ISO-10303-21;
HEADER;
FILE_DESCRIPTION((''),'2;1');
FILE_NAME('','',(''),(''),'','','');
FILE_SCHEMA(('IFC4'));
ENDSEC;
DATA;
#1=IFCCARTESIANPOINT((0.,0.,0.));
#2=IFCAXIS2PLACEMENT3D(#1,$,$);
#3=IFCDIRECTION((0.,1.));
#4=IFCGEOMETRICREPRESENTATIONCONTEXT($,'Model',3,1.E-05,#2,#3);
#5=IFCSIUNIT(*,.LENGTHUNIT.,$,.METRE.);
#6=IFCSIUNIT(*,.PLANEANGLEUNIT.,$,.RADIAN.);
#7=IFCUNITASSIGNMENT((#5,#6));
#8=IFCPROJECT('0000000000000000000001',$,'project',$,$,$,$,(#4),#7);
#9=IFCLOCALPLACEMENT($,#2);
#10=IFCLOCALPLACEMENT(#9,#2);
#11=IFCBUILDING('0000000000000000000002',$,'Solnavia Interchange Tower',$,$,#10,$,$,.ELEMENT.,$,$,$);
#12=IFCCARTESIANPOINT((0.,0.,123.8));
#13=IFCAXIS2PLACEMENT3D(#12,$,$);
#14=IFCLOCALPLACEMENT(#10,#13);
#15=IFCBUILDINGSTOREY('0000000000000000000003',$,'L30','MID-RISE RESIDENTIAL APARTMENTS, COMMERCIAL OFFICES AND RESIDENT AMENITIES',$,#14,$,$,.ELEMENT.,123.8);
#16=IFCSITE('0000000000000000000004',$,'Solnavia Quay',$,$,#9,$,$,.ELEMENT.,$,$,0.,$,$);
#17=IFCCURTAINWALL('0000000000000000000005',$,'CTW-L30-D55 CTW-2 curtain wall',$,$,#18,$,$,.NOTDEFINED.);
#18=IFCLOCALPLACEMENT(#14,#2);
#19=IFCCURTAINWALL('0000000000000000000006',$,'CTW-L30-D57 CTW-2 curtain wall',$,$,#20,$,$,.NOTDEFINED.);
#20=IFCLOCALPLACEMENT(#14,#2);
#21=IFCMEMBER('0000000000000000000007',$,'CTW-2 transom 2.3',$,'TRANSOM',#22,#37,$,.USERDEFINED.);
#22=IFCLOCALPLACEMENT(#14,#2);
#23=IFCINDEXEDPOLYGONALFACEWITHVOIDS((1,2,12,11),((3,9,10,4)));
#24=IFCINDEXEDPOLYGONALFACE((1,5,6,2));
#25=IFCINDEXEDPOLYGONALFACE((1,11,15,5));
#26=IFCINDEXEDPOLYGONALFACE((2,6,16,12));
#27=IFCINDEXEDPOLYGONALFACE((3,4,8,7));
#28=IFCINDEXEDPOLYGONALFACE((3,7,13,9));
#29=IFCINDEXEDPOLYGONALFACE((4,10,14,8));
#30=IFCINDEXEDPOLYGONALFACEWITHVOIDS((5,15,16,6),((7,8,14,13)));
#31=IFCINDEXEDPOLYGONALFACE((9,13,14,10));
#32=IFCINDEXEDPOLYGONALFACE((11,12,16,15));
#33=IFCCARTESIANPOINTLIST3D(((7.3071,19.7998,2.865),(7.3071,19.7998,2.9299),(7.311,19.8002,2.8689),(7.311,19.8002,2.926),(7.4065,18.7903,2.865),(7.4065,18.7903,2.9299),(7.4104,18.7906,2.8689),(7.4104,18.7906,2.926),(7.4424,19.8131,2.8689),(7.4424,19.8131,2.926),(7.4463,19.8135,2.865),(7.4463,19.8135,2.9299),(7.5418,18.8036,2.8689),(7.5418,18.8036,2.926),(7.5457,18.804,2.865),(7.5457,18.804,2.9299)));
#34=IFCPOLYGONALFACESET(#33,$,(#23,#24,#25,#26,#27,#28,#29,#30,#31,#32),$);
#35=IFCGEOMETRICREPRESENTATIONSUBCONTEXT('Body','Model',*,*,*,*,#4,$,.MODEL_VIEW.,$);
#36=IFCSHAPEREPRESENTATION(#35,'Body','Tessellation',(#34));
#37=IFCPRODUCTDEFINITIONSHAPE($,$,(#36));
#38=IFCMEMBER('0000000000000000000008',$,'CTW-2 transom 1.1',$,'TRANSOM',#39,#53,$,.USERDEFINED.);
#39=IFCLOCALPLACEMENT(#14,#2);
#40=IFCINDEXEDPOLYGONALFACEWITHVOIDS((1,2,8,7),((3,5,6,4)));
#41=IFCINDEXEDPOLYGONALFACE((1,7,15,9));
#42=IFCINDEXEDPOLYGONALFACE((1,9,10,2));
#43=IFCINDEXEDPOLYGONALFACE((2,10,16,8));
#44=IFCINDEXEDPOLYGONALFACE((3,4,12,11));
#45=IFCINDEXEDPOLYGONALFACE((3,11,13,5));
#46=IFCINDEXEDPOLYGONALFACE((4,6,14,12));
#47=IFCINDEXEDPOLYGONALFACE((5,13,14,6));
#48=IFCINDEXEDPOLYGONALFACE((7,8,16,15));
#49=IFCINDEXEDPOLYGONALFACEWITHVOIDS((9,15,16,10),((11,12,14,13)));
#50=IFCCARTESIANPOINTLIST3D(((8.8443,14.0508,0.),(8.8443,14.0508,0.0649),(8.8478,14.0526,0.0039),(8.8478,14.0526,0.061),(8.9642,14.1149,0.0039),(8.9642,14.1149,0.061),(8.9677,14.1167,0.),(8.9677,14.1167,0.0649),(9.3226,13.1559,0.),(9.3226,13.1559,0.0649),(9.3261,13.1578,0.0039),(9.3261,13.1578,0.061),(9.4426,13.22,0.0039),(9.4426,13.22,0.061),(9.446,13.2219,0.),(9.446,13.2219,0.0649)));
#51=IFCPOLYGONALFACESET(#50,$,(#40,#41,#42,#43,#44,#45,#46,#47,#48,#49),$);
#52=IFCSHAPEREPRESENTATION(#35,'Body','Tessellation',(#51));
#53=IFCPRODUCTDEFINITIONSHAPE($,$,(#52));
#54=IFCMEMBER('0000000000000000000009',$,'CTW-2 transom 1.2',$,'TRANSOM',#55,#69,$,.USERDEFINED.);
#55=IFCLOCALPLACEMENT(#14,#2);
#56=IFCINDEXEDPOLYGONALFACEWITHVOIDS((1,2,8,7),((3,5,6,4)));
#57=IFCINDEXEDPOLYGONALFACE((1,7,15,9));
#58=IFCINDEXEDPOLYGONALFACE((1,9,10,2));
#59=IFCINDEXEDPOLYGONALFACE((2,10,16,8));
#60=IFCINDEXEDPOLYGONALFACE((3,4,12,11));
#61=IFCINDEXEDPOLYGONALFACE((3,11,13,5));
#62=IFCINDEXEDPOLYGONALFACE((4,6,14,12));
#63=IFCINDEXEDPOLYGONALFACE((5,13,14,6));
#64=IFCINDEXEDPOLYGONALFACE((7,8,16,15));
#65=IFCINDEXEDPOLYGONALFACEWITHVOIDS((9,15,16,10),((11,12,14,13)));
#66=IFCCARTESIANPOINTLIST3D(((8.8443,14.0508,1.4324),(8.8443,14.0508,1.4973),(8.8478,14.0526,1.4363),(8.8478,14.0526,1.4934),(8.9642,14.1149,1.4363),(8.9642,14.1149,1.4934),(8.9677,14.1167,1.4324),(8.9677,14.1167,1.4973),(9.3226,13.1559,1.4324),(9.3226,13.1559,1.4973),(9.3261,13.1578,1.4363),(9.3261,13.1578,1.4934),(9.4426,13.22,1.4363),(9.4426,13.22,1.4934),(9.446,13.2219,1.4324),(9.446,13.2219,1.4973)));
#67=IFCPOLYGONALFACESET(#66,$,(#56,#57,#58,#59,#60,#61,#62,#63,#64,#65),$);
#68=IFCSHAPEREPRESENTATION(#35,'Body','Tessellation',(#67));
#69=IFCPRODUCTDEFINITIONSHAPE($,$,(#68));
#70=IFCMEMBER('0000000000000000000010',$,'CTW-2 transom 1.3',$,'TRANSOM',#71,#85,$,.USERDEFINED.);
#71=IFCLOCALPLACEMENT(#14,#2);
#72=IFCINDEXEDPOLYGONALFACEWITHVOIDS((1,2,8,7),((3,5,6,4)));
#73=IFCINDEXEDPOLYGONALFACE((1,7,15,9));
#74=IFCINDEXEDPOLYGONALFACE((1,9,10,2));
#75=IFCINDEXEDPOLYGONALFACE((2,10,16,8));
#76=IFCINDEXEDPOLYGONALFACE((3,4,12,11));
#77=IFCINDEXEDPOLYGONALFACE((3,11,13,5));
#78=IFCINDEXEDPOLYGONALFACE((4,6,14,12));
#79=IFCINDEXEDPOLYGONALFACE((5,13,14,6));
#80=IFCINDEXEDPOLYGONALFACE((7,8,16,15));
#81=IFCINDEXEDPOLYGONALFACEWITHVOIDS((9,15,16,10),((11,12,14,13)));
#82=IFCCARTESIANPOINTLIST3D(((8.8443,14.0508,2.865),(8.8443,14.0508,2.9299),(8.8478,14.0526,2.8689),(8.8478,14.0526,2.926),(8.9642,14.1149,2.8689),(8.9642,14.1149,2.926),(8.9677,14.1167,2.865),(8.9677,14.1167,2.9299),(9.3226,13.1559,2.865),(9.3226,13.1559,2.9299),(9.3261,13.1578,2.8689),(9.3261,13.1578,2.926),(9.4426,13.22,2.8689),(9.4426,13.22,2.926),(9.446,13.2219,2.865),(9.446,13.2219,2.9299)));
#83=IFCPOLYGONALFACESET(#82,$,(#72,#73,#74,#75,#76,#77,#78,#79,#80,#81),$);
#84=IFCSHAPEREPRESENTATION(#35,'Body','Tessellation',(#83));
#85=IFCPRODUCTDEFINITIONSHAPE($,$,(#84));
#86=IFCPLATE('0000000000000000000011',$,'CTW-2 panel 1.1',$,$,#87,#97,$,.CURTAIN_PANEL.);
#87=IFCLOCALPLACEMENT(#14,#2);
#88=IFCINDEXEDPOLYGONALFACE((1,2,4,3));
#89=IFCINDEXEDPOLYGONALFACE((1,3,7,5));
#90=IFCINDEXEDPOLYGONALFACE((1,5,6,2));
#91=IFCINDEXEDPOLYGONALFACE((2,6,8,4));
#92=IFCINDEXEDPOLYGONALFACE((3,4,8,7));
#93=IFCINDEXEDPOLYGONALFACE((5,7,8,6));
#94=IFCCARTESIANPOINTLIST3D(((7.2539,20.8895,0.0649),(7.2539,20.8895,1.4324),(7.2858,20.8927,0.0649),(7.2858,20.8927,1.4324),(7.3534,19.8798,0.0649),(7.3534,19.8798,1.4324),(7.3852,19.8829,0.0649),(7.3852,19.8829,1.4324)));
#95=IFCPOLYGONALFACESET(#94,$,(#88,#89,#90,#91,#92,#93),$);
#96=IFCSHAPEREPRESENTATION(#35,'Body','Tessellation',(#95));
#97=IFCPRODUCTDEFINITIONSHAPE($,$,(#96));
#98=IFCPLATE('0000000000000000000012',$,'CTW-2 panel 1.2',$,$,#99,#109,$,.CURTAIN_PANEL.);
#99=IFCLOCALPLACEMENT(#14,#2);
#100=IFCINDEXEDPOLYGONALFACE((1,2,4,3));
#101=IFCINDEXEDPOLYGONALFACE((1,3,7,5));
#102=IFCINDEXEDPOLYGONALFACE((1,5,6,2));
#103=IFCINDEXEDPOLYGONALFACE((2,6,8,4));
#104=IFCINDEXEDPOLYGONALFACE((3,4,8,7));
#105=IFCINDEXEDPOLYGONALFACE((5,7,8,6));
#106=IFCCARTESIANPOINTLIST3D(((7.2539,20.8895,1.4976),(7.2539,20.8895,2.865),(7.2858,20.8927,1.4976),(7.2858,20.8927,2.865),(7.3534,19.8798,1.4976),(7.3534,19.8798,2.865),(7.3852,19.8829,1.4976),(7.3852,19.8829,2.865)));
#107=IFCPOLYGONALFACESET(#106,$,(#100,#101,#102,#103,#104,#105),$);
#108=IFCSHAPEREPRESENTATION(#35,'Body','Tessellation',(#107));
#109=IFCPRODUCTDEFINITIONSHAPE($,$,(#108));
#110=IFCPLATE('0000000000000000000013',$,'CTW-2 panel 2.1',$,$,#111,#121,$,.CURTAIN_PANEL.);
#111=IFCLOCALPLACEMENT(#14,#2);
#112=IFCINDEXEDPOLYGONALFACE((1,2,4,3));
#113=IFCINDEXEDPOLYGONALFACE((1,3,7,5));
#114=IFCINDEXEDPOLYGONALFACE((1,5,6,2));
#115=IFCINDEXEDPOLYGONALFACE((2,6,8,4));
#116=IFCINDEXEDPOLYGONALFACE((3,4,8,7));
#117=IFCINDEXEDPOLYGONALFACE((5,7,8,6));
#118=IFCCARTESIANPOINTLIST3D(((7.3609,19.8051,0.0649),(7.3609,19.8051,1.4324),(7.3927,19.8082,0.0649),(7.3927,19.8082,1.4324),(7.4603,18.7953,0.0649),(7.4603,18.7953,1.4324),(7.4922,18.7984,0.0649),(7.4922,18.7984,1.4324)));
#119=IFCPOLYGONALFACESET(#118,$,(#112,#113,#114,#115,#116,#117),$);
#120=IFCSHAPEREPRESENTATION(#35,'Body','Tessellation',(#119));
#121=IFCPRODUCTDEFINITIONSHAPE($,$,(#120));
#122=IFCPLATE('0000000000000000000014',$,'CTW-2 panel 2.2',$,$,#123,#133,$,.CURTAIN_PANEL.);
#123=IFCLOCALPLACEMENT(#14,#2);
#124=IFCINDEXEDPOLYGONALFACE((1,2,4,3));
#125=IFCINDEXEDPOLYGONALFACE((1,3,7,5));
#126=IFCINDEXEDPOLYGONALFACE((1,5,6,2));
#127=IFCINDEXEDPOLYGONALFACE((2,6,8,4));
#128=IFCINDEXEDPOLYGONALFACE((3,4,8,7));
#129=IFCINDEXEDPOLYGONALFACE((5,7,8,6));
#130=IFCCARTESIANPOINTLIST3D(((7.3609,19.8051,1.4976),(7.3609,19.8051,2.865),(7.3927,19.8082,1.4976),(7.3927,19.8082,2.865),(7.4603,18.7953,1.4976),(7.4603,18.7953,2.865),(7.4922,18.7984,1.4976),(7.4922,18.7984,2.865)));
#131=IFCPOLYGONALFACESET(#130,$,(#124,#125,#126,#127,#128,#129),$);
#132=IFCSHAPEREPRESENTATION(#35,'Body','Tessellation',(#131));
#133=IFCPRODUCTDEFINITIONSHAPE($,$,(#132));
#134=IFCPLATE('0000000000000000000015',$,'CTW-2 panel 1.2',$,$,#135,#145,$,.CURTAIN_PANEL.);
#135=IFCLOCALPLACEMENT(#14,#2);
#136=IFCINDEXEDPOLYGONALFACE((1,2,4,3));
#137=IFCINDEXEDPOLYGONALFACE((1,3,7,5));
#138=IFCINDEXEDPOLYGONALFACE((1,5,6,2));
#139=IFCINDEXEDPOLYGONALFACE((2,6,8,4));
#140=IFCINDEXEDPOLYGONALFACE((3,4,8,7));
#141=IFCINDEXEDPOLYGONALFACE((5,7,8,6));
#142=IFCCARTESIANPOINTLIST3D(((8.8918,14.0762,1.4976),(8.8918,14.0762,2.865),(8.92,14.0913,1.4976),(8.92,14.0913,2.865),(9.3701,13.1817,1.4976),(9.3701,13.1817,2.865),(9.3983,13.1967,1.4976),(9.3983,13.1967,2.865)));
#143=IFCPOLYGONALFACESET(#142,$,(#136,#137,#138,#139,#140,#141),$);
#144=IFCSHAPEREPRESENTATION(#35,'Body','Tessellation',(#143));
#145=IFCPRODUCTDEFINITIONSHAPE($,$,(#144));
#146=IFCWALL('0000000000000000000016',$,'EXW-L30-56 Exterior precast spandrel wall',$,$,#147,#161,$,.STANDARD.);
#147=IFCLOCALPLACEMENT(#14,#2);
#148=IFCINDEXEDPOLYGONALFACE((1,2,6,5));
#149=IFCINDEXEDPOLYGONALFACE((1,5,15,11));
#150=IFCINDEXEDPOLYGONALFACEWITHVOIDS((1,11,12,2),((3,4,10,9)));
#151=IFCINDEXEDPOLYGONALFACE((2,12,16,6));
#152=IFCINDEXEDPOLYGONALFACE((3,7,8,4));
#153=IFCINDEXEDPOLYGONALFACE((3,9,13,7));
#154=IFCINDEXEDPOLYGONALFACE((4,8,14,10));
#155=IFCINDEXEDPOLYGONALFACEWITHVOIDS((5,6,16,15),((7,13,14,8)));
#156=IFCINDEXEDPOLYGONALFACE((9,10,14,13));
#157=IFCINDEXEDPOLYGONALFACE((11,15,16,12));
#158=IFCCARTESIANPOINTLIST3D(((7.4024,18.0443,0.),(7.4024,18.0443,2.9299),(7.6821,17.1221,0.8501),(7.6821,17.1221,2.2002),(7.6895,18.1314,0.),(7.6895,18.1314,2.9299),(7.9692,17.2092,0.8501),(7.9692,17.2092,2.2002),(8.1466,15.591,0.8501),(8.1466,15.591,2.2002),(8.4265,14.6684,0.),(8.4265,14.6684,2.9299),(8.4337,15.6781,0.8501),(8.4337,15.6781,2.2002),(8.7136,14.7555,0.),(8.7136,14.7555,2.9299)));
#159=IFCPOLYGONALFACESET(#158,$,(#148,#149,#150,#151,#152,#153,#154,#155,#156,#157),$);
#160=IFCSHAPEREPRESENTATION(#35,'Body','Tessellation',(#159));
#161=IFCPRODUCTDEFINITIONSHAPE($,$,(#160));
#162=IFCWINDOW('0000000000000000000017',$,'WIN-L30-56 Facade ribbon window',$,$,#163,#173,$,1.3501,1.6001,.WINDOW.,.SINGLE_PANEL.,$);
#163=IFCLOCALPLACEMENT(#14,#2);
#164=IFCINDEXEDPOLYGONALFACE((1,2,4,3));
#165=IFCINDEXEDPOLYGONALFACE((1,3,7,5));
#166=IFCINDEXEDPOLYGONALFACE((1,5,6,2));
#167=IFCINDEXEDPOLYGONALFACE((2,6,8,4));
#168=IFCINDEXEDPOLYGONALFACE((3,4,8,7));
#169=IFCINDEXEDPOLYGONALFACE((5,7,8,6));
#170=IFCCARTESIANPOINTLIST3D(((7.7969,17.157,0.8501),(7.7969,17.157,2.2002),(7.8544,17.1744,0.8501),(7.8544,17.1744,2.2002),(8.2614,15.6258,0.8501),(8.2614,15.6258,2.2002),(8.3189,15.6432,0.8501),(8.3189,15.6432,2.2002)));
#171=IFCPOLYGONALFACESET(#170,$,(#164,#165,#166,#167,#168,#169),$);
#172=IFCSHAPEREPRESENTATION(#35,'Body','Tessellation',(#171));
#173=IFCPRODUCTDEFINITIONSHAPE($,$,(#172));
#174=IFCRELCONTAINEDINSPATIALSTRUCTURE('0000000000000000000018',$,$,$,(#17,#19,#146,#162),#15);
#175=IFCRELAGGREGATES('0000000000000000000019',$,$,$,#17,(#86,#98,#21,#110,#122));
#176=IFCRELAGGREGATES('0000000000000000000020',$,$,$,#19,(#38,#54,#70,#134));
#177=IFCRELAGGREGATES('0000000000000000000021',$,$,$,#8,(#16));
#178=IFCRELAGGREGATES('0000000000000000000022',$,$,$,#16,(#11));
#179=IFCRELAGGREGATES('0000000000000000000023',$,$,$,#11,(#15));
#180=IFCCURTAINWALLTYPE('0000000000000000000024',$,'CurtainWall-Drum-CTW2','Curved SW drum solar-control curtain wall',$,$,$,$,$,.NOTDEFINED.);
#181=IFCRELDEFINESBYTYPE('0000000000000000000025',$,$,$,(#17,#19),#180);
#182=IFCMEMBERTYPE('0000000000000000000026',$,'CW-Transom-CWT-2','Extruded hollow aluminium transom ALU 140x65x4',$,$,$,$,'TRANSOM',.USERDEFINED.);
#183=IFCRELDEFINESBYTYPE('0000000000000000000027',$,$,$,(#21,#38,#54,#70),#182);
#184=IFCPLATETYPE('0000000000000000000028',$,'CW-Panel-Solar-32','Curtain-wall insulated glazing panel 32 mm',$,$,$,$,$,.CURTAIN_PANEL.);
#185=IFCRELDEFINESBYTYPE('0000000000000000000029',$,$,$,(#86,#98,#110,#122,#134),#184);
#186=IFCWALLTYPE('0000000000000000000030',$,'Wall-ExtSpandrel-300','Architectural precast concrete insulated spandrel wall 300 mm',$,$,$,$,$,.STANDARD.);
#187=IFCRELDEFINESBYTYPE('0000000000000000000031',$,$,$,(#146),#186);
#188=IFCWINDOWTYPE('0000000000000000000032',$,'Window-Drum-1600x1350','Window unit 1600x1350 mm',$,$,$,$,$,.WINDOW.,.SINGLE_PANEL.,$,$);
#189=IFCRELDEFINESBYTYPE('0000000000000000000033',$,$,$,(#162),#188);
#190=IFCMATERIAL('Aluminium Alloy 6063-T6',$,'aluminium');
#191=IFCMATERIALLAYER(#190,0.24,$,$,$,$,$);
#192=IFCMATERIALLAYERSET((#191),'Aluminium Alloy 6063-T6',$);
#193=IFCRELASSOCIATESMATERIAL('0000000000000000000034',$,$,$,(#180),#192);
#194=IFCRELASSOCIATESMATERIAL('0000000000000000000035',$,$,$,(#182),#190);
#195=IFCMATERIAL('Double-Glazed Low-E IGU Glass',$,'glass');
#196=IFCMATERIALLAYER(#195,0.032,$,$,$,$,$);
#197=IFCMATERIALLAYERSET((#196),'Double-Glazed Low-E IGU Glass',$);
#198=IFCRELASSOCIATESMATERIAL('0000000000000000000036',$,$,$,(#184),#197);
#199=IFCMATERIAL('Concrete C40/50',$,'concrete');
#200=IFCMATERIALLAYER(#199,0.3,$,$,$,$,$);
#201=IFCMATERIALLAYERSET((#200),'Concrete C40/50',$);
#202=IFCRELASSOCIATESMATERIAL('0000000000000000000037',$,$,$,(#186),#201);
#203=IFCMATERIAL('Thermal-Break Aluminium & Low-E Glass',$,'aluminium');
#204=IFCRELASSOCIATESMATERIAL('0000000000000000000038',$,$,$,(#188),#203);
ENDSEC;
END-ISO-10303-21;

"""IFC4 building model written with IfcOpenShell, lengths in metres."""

from ifc_helpers import new_model, si_unit, direction, frame, frame_2d, origin, origin_2d, place, context, subcontext, project, spatial, rectangle, hollow_rectangle, extrude, material, layer, layer_set, material_profile, profile_set, type_object, element, fill, aggregate, save


model = new_model("IFC4")

# Units and contexts
model_context = context("Model", 3, precision=1e-05, world=origin(), true_north=direction((0.0, 1.0)))
body_context = subcontext(model_context, "Body", "Model", "MODEL_VIEW")
ifc_project = project(units=[si_unit("LENGTHUNIT", "METRE"), si_unit("PLANEANGLEUNIT", "RADIAN")], contexts=[model_context])

# Site, building, storey
site_placement = place(None, origin())
site = spatial("IfcSite", under=ifc_project, at=site_placement, Name="Solnavia Quay", CompositionType="ELEMENT", RefElevation=0.0)
building_placement = place(site_placement, origin())
building = spatial("IfcBuilding", under=site, at=building_placement, Name="Solnavia Interchange Tower", CompositionType="ELEMENT")
storey_placement = place(building_placement, frame((0.0, 0.0, 123.8)))
storey = spatial("IfcBuildingStorey", under=building, at=storey_placement, Name="L30", Description="MID-RISE RESIDENTIAL APARTMENTS, COMMERCIAL OFFICES AND RESIDENT AMENITIES", CompositionType="ELEMENT", Elevation=123.8)

# Curtain wall
ifc_material_1 = material(Name="Aluminium Alloy 6063-T6", Category="aluminium")
ifc_layer_1 = layer(ifc_material_1, 0.24)
ifc_layer_set_1 = layer_set([ifc_layer_1], Name="Aluminium Alloy 6063-T6")
curtain_wall_type = type_object("IfcCurtainWallType", Name="CurtainWall-Drum-CTW2", Description="Curved SW drum solar-control curtain wall", PredefinedType="NOTDEFINED", material=ifc_layer_set_1)
curtain_wall_1_placement = place(storey_placement, origin())
curtain_wall_1 = element("IfcCurtainWall", 1, at=curtain_wall_1_placement, inside=storey, type_object=curtain_wall_type, Name="CTW-L30-D55 CTW-2 curtain wall", PredefinedType="NOTDEFINED")

# Curtain wall
curtain_wall_2_placement = place(storey_placement, origin())
curtain_wall_2 = element("IfcCurtainWall", 2, at=curtain_wall_2_placement, inside=storey, type_object=curtain_wall_type, Name="CTW-L30-D57 CTW-2 curtain wall", PredefinedType="NOTDEFINED")

# Members
ifc_material_profile_1 = material_profile(ifc_material_1, hollow_rectangle(XDim=0.0649, YDim=0.1399, WallThickness=0.0039, at=origin_2d()), Name="ALU 140x65x4")
ifc_profile_set_1 = profile_set([ifc_material_profile_1], Name="Aluminium Alloy 6063-T6")
member_type_1 = type_object("IfcMemberType", Name="CW-Transom-CWT-2", Description="Extruded hollow aluminium transom ALU 140x65x4", ElementType="TRANSOM", PredefinedType="USERDEFINED", material=ifc_profile_set_1)
member_1_placement = place(storey_placement, frame((7.3767, 19.8066, 2.8975), z_axis=(0.097955, -0.995191, 0.0), x_axis=(0.0, 0.0, 1.0)))
member_1 = element("IfcMember", 3, at=member_1_placement, type_object=member_type_1, Name="CTW-2 transom 2.3", ObjectType="TRANSOM", PredefinedType="USERDEFINED", context=body_context, shape_type="SweptSolid", body=[
    extrude(hollow_rectangle(XDim=0.0649, YDim=0.1399, WallThickness=0.0039, at=origin_2d()), origin(), (0.0, 0.0, 1.0), 1.0144),
])
member_2_placement = place(storey_placement, frame((8.906, 14.0837, 0.0325), z_axis=(0.4714, -0.88192, 0.0), x_axis=(0.0, 0.0, 1.0)))
member_2 = element("IfcMember", 4, at=member_2_placement, type_object=member_type_1, Name="CTW-2 transom 1.1", ObjectType="TRANSOM", PredefinedType="USERDEFINED", context=body_context, shape_type="SweptSolid", body=[
    extrude(hollow_rectangle(XDim=0.0649, YDim=0.1399, WallThickness=0.0039, at=origin_2d()), origin(), (0.0, 0.0, 1.0), 1.0146),
])
member_3_placement = place(storey_placement, frame((8.906, 14.0837, 1.4648), z_axis=(0.4714, -0.88192, 0.0), x_axis=(0.0, 0.0, 1.0)))
member_3 = element("IfcMember", 5, at=member_3_placement, type_object=member_type_1, Name="CTW-2 transom 1.2", ObjectType="TRANSOM", PredefinedType="USERDEFINED", context=body_context, shape_type="SweptSolid", body=[
    extrude(hollow_rectangle(XDim=0.0649, YDim=0.1399, WallThickness=0.0039, at=origin_2d()), origin(), (0.0, 0.0, 1.0), 1.0146),
])
member_4_placement = place(storey_placement, frame((8.906, 14.0837, 2.8975), z_axis=(0.4714, -0.88192, 0.0), x_axis=(0.0, 0.0, 1.0)))
member_4 = element("IfcMember", 6, at=member_4_placement, type_object=member_type_1, Name="CTW-2 transom 1.3", ObjectType="TRANSOM", PredefinedType="USERDEFINED", context=body_context, shape_type="SweptSolid", body=[
    extrude(hollow_rectangle(XDim=0.0649, YDim=0.1399, WallThickness=0.0039, at=origin_2d()), origin(), (0.0, 0.0, 1.0), 1.0146),
])

# Plates
ifc_material_2 = material(Name="Double-Glazed Low-E IGU Glass", Category="glass")
ifc_layer_2 = layer(ifc_material_2, 0.032)
ifc_layer_set_2 = layer_set([ifc_layer_2], Name="Double-Glazed Low-E IGU Glass")
plate_type = type_object("IfcPlateType", Name="CW-Panel-Solar-32", Description="Curtain-wall insulated glazing panel 32 mm", PredefinedType="CURTAIN_PANEL", material=ifc_layer_set_2)
plate_1_placement = place(storey_placement, frame((7.3196, 20.3862, 0.0649), z_axis=(0.0, 0.0, 1.0), x_axis=(0.098045, -0.995182, 0.0)))
plate_1 = element("IfcPlate", 7, at=plate_1_placement, type_object=plate_type, Name="CTW-2 panel 1.1", PredefinedType="CURTAIN_PANEL", context=body_context, shape_type="SweptSolid", body=[
    extrude(rectangle(XDim=1.0146, YDim=0.032, at=origin_2d()), origin(), (0.0, 0.0, 1.0), 1.3674),
])
plate_2_placement = place(storey_placement, frame((7.3196, 20.3862, 1.4976), z_axis=(0.0, 0.0, 1.0), x_axis=(0.098045, -0.995182, 0.0)))
plate_2 = element("IfcPlate", 8, at=plate_2_placement, type_object=plate_type, Name="CTW-2 panel 1.2", PredefinedType="CURTAIN_PANEL", context=body_context, shape_type="SweptSolid", body=[
    extrude(rectangle(XDim=1.0146, YDim=0.032, at=origin_2d()), origin(), (0.0, 0.0, 1.0), 1.3674),
])
plate_3_placement = place(storey_placement, frame((7.4265, 19.3018, 0.0649), z_axis=(0.0, 0.0, 1.0), x_axis=(0.098045, -0.995182, 0.0)))
plate_3 = element("IfcPlate", 9, at=plate_3_placement, type_object=plate_type, Name="CTW-2 panel 2.1", PredefinedType="CURTAIN_PANEL", context=body_context, shape_type="SweptSolid", body=[
    extrude(rectangle(XDim=1.0146, YDim=0.032, at=origin_2d()), origin(), (0.0, 0.0, 1.0), 1.3674),
])
plate_4_placement = place(storey_placement, frame((7.4265, 19.3018, 1.4976), z_axis=(0.0, 0.0, 1.0), x_axis=(0.098045, -0.995182, 0.0)))
plate_4 = element("IfcPlate", 10, at=plate_4_placement, type_object=plate_type, Name="CTW-2 panel 2.2", PredefinedType="CURTAIN_PANEL", context=body_context, shape_type="SweptSolid", body=[
    extrude(rectangle(XDim=1.0146, YDim=0.032, at=origin_2d()), origin(), (0.0, 0.0, 1.0), 1.3674),
])
aggregate(curtain_wall_1, [plate_1, plate_2, member_1, plate_3, plate_4])
plate_5_placement = place(storey_placement, frame((9.145, 13.6365, 1.4976), z_axis=(0.0, 0.0, 1.0), x_axis=(0.471537, -0.881846, 0.0)))
plate_5 = element("IfcPlate", 11, at=plate_5_placement, type_object=plate_type, Name="CTW-2 panel 1.2", PredefinedType="CURTAIN_PANEL", context=body_context, shape_type="SweptSolid", body=[
    extrude(rectangle(XDim=1.0144, YDim=0.032, at=origin_2d()), origin(), (0.0, 0.0, 1.0), 1.3674),
])
aggregate(curtain_wall_2, [member_2, member_3, member_4, plate_5])

# Wall, opening, window
ifc_material_3 = material(Name="Concrete C40/50", Category="concrete")
ifc_layer_3 = layer(ifc_material_3, 0.3)
ifc_layer_set_3 = layer_set([ifc_layer_3], Name="Concrete C40/50")
wall_type = type_object("IfcWallType", Name="Wall-ExtSpandrel-300", Description="Architectural precast concrete insulated spandrel wall 300 mm", PredefinedType="STANDARD", material=ifc_layer_set_3)
wall_placement = place(storey_placement, frame((8.5701, 14.7119, 0.0), z_axis=(0.0, 0.0, 1.0), x_axis=(-0.290305, 0.956934, 0.0)))
wall = element("IfcWall", 12, at=wall_placement, inside=storey, type_object=wall_type, Name="EXW-L30-56 Exterior precast spandrel wall", PredefinedType="STANDARD", context=body_context, shape_type="SweptSolid", body=[
    extrude(rectangle(XDim=3.5278, YDim=0.3, at=frame_2d((1.7639, 0.0))), origin(), (0.0, 0.0, 1.0), 2.9299),
])
opening_placement = place(wall_placement, frame((0.9641, 0.0, 0.8501)))
opening = element("IfcOpeningElement", 13, at=opening_placement, cuts=wall, PredefinedType="OPENING", context=body_context, shape_type="SweptSolid", body=[
    extrude(rectangle(XDim=1.6001, YDim=1.3501, at=frame_2d((0.8, 0.675))), frame((0.0, 0.1602, 0.0), z_axis=(0.0, -1.0, 0.0), x_axis=(1.0, 0.0, 0.0)), (0.0, 0.0, 1.0), 0.3201),
])
ifc_material_4 = material(Name="Thermal-Break Aluminium & Low-E Glass", Category="aluminium")
window_type = type_object("IfcWindowType", Name="Window-Drum-1600x1350", Description="Window unit 1600x1350 mm", PartitioningType="SINGLE_PANEL", PredefinedType="WINDOW", material=ifc_material_4)
window_placement = place(opening_placement, origin())
window = element("IfcWindow", 14, at=window_placement, inside=storey, type_object=window_type, Name="WIN-L30-56 Facade ribbon window", OverallHeight=1.3501, OverallWidth=1.6001, PartitioningType="SINGLE_PANEL", PredefinedType="WINDOW", context=body_context, shape_type="SweptSolid", body=[
    extrude(rectangle(XDim=1.6001, YDim=1.3501, at=frame_2d((0.8, 0.675))), frame((0.0, 0.03, 0.0), z_axis=(0.0, -1.0, 0.0), x_axis=(1.0, 0.0, 0.0)), (0.0, 0.0, 1.0), 0.0601),
])
fill(opening, window)

save(model, "model.ifc")
